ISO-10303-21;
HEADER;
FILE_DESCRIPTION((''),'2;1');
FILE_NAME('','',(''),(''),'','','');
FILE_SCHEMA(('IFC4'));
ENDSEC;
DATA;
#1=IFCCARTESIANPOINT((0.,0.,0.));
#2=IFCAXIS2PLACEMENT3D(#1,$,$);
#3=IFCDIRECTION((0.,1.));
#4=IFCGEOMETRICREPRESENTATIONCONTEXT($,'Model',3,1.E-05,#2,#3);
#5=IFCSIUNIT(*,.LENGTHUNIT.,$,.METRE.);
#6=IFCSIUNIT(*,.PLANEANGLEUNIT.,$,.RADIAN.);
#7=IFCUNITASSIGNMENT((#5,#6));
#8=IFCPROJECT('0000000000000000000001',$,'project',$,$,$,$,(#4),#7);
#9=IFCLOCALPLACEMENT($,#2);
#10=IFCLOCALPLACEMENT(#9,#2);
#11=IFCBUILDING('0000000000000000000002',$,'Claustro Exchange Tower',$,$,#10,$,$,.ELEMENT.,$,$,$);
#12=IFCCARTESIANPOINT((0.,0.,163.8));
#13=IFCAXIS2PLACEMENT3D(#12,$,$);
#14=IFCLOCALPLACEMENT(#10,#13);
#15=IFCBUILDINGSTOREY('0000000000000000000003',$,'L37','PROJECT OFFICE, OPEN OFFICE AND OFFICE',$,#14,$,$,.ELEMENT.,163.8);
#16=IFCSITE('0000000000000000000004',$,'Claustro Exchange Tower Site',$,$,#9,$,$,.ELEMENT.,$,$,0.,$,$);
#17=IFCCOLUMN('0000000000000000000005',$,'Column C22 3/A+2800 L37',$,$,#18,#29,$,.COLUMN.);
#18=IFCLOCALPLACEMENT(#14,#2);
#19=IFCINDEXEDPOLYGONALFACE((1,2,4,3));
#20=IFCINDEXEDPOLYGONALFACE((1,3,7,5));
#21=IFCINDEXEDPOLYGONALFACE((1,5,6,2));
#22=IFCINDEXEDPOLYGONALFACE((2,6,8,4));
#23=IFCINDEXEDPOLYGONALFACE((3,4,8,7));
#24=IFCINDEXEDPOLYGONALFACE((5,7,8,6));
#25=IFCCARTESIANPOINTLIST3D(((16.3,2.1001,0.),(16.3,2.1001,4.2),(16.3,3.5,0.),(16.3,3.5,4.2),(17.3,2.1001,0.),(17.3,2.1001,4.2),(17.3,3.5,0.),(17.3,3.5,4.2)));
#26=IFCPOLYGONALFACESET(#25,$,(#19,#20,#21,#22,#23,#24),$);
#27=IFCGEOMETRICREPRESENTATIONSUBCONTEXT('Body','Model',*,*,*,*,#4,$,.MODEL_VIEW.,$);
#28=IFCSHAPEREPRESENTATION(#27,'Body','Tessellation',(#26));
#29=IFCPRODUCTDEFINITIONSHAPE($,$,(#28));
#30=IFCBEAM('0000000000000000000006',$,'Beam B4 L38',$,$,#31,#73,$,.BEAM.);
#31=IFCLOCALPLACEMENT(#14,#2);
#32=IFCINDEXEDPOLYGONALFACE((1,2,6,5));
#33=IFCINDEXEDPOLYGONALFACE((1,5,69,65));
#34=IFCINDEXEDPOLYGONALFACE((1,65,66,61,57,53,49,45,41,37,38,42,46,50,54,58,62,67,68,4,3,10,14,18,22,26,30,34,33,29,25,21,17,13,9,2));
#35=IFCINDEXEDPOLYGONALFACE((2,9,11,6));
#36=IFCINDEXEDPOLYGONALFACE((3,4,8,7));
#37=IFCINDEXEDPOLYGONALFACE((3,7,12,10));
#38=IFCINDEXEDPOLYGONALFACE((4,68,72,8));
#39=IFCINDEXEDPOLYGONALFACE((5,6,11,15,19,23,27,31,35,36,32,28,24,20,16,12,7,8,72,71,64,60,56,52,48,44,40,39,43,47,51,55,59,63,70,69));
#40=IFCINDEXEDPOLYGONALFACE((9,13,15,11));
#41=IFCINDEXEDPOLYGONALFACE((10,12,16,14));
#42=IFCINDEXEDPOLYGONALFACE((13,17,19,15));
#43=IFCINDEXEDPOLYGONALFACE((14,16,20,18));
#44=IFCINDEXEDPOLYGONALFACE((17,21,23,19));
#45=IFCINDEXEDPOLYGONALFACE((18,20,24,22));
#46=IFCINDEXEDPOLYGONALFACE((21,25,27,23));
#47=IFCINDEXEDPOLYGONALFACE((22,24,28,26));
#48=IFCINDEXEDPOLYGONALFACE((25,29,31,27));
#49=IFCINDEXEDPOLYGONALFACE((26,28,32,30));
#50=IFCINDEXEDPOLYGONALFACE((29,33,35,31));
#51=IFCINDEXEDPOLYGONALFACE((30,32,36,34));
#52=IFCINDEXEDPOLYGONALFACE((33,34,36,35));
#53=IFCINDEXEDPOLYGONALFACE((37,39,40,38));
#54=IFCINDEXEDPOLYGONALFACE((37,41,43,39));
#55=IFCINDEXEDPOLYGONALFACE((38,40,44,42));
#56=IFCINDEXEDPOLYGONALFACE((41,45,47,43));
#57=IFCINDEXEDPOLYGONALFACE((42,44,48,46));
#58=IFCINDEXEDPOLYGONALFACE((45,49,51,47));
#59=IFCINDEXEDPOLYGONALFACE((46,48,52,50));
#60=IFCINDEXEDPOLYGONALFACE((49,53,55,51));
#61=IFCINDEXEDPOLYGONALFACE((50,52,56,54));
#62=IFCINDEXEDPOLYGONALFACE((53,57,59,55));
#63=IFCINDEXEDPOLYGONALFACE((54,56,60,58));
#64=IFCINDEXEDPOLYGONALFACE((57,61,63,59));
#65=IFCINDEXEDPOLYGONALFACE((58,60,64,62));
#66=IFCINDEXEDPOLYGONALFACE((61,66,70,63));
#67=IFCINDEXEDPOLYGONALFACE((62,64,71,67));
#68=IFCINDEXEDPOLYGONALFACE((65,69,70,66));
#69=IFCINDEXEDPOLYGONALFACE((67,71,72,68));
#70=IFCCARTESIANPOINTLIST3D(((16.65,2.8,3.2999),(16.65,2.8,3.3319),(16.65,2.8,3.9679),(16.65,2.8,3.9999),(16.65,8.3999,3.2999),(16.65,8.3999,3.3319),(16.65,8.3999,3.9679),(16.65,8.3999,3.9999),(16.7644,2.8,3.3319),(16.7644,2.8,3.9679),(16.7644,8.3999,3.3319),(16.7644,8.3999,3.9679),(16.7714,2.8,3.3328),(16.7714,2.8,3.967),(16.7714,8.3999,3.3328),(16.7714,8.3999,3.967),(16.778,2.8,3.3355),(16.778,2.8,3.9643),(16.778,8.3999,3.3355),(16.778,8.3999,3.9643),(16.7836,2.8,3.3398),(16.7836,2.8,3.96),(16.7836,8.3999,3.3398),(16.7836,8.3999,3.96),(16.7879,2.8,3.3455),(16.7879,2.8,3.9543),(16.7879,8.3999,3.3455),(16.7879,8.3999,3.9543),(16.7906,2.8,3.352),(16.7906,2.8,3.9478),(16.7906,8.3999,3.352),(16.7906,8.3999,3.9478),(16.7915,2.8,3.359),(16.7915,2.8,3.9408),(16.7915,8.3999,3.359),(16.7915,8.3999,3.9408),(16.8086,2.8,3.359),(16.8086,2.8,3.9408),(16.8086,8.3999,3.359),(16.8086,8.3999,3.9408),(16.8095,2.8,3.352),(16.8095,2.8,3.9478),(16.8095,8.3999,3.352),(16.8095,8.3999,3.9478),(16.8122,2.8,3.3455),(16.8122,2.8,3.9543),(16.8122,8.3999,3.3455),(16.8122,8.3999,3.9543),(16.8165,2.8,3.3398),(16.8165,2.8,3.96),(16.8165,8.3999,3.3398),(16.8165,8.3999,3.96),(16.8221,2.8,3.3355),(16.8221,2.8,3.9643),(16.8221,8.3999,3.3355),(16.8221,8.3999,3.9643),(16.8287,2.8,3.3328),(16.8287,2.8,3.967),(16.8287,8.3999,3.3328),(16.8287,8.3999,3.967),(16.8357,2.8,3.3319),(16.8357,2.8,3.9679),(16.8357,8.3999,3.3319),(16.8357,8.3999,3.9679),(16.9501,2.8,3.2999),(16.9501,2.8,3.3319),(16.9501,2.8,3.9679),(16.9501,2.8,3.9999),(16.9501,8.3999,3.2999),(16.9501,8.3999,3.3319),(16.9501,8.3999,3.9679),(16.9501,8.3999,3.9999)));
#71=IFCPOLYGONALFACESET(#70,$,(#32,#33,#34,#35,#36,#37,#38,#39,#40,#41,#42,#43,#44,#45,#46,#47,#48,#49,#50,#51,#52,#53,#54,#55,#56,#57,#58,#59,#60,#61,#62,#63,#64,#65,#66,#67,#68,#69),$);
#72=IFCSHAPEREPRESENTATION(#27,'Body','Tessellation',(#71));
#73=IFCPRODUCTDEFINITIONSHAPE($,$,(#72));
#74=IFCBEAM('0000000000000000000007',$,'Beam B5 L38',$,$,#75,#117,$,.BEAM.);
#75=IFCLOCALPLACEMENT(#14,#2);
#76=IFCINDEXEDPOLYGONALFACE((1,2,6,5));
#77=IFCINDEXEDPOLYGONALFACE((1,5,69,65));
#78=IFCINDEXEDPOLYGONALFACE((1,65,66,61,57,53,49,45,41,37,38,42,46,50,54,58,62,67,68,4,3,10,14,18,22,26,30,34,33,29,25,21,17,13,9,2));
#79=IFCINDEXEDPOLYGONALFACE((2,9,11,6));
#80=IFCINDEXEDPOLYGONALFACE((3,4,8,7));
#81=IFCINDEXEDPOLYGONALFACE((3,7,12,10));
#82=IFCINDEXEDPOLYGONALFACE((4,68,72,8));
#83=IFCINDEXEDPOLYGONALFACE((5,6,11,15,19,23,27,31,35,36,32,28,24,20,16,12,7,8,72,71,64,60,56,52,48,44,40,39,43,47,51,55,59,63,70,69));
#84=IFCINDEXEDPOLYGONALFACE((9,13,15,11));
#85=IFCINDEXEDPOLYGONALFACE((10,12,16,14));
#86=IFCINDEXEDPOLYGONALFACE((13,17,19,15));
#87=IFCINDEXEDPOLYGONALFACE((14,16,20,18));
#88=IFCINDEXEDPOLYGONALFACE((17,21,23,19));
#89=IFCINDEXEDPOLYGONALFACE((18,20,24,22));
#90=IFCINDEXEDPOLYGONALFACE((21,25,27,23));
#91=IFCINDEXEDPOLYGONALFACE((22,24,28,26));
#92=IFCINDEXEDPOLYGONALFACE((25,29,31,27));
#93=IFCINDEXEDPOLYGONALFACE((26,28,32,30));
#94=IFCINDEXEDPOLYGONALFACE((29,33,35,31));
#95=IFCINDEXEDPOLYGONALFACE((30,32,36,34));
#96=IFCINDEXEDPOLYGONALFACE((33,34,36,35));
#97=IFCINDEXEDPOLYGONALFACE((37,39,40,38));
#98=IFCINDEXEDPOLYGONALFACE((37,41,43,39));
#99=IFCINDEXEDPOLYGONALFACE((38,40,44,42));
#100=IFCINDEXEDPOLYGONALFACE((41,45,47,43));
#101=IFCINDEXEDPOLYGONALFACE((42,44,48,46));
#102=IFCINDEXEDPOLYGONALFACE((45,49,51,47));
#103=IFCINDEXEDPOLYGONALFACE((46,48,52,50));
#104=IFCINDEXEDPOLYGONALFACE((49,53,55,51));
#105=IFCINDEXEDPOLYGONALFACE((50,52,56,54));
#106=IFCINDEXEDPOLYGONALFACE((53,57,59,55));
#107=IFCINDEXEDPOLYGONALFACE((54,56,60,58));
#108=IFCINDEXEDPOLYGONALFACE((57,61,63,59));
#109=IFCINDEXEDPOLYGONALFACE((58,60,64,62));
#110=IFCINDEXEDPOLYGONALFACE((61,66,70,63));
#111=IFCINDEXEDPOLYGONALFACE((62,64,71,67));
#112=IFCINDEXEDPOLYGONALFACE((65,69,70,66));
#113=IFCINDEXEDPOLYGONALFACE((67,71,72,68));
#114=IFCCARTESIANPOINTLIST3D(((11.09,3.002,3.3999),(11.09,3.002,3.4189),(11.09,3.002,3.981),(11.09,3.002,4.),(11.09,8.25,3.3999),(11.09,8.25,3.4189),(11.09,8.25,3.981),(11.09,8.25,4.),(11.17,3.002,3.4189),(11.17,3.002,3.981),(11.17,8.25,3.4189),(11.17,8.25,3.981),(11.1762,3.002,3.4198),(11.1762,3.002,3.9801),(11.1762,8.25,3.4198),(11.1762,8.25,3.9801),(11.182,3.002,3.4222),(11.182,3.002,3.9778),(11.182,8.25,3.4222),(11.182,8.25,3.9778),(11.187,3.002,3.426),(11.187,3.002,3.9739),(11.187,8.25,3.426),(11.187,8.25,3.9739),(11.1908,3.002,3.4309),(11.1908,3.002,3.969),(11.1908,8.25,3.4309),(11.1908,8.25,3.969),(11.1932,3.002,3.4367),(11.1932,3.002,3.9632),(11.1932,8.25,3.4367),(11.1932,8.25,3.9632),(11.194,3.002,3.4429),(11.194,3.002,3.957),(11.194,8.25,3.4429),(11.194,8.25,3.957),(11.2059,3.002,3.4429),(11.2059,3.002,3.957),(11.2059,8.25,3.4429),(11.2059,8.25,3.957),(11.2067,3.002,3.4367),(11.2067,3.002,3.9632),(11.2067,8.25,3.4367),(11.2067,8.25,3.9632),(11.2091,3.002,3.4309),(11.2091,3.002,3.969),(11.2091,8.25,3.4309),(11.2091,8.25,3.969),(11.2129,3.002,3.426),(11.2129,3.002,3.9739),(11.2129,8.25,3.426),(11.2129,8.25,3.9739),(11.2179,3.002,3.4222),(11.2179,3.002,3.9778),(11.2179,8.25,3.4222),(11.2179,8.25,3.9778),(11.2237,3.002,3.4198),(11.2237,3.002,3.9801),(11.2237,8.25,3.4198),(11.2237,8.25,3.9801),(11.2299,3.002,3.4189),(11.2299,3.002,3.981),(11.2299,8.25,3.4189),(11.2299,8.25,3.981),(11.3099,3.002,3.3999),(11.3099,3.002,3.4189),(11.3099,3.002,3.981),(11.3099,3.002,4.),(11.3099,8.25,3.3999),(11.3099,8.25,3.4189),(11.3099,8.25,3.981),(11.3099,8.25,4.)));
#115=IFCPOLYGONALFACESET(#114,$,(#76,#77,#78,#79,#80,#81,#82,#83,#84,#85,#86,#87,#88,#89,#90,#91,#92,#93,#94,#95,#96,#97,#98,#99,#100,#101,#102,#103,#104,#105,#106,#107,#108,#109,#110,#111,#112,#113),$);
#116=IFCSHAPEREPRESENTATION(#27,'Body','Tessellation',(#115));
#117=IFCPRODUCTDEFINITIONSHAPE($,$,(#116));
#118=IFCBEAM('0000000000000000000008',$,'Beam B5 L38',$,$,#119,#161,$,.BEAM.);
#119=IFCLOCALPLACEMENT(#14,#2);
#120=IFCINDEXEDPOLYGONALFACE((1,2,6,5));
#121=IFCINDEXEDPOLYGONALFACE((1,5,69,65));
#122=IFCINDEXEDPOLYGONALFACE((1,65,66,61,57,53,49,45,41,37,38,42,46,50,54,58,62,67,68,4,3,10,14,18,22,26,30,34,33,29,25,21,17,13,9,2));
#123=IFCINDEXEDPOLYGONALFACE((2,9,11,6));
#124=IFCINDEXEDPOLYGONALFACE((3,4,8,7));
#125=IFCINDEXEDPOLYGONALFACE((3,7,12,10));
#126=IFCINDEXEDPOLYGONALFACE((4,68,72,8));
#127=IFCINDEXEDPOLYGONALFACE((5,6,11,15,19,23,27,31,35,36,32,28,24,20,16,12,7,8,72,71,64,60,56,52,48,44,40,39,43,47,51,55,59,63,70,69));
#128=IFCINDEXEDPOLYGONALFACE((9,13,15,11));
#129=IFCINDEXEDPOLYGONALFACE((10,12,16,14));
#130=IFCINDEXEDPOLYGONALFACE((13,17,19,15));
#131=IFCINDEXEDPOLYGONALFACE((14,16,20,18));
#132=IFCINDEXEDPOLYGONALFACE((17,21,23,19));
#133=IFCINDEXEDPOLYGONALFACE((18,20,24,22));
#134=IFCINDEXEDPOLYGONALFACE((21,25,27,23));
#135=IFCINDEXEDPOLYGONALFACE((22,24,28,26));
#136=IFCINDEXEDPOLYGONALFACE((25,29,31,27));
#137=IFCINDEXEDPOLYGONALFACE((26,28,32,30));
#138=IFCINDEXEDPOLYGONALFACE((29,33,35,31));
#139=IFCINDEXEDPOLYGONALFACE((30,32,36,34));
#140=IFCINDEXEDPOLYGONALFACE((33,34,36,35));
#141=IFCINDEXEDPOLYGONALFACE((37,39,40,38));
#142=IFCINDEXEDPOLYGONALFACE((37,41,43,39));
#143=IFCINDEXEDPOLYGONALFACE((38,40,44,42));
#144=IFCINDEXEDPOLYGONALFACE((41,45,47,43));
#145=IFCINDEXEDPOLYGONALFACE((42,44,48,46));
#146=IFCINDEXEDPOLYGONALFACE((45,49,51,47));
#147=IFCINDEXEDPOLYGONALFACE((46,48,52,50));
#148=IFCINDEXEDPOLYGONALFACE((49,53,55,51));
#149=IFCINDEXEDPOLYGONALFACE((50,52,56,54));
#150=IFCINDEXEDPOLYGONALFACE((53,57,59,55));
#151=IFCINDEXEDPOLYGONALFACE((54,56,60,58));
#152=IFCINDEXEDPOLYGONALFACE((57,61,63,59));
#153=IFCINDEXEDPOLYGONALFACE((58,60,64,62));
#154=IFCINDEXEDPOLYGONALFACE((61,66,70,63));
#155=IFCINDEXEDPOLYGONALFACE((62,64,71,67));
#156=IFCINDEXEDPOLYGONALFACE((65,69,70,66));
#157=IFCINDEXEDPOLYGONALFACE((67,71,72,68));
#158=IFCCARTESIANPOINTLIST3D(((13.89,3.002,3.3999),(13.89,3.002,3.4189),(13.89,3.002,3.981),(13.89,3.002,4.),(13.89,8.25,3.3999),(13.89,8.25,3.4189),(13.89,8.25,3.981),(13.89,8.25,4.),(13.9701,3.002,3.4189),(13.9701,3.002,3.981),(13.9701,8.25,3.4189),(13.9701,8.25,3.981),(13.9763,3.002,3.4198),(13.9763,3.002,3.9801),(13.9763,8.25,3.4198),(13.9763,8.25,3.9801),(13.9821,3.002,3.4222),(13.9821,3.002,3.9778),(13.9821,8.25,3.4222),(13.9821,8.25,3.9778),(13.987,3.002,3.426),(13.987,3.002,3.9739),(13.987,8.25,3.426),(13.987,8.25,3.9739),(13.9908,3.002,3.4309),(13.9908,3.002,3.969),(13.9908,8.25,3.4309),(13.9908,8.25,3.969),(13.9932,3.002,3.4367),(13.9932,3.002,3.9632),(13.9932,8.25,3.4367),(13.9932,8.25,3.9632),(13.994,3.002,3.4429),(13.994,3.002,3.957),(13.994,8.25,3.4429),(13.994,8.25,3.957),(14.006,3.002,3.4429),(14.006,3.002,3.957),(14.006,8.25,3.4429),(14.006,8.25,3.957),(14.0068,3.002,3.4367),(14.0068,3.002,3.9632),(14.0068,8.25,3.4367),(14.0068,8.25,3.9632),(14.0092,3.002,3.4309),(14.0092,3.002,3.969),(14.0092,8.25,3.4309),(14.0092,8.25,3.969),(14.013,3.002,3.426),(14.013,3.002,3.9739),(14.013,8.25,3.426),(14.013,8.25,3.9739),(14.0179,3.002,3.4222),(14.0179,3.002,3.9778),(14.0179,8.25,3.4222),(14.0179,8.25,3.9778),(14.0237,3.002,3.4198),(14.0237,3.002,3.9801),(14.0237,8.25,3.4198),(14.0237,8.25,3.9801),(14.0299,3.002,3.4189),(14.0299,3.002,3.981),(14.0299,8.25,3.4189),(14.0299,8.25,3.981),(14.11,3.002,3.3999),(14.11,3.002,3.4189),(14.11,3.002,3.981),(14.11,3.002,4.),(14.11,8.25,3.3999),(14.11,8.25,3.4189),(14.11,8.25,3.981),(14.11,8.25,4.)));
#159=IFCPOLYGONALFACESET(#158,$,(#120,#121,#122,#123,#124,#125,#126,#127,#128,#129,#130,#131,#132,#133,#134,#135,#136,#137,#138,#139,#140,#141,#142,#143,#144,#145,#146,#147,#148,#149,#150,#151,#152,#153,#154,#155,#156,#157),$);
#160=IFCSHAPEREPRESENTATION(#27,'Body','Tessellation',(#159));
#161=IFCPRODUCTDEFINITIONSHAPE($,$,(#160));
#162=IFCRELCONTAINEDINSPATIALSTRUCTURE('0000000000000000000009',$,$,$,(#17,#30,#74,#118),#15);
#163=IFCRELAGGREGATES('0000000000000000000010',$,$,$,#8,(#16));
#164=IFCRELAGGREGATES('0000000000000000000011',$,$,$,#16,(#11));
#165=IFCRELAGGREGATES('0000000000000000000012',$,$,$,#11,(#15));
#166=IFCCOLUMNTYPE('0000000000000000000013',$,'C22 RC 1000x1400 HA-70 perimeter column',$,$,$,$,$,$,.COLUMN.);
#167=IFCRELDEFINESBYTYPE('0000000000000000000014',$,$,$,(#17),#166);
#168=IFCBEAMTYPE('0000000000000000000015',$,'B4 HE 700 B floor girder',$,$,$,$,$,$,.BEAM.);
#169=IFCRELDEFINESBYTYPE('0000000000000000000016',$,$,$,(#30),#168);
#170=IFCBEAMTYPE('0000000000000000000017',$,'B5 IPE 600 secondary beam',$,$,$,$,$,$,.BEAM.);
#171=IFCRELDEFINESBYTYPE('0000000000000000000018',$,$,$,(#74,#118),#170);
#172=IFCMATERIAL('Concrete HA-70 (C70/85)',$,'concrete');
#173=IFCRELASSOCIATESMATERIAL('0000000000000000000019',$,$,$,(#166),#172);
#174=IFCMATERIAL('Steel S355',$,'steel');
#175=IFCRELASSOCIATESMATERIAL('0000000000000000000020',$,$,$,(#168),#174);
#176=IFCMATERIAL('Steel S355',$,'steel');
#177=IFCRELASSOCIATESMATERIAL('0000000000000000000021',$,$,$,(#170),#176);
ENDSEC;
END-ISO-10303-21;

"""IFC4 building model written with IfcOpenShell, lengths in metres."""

from ifc_helpers import new_model, si_unit, direction, frame, origin, origin_2d, place, context, subcontext, project, spatial, rectangle, i_section, extrude, material, material_profile, profile_set, type_object, element, save


model = new_model("IFC4")

# Units and contexts
model_context = context("Model", 3, precision=1e-05, world=origin(), true_north=direction((0.0, 1.0)))
body_context = subcontext(model_context, "Body", "Model", "MODEL_VIEW")
ifc_project = project(units=[si_unit("LENGTHUNIT", "METRE"), si_unit("PLANEANGLEUNIT", "RADIAN")], contexts=[model_context])

# Site, building, storey
site_placement = place(None, origin())
site = spatial("IfcSite", under=ifc_project, at=site_placement, Name="Claustro Exchange Tower Site", CompositionType="ELEMENT", RefElevation=0.0)
building_placement = place(site_placement, origin())
building = spatial("IfcBuilding", under=site, at=building_placement, Name="Claustro Exchange Tower", CompositionType="ELEMENT")
storey_placement = place(building_placement, frame((0.0, 0.0, 163.8)))
storey = spatial("IfcBuildingStorey", under=building, at=storey_placement, Name="L37", Description="PROJECT OFFICE, OPEN OFFICE AND OFFICE", CompositionType="ELEMENT", Elevation=163.8)

# Column
ifc_material_1 = material(Name="Concrete HA-70 (C70/85)", Category="concrete")
ifc_material_profile_1 = material_profile(ifc_material_1, rectangle(XDim=1.0, YDim=1.3999, at=origin_2d()), Name="RC 1000x1400")
ifc_profile_set_1 = profile_set([ifc_material_profile_1], Name="Concrete HA-70 (C70/85)")
column_type = type_object("IfcColumnType", Name="C22 RC 1000x1400 HA-70 perimeter column", PredefinedType="COLUMN", material=ifc_profile_set_1)
column_placement = place(storey_placement, frame((16.8, 2.8, 0.0), z_axis=(0.0, 0.0, 1.0), x_axis=(1.0, 0.0, 0.0)))
element("IfcColumn", 1, at=column_placement, inside=storey, type_object=column_type, Name="Column C22 3/A+2800 L37", PredefinedType="COLUMN", context=body_context, shape_type="SweptSolid", body=[
    extrude(rectangle(XDim=1.0, YDim=1.3999, at=origin_2d()), origin(), (0.0, 0.0, 1.0), 4.2),
])

# Beams
ifc_material_2 = material(Name="Steel S355", Category="steel")
ifc_material_profile_2 = material_profile(ifc_material_2, i_section(OverallWidth=0.3, OverallDepth=0.7, WebThickness=0.0171, FlangeThickness=0.032, FilletRadius=0.0271, at=origin_2d()), Name="HE 700 B")
ifc_profile_set_2 = profile_set([ifc_material_profile_2], Name="Steel S355")
beam_type_1 = type_object("IfcBeamType", Name="B4 HE 700 B floor girder", PredefinedType="BEAM", material=ifc_profile_set_2)
beam_1_placement = place(storey_placement, frame((16.8, 2.8, 3.6499), z_axis=(0.0, 1.0, 0.0), x_axis=(-1.0, 0.0, 0.0)))
element("IfcBeam", 2, at=beam_1_placement, inside=storey, type_object=beam_type_1, Name="Beam B4 L38", PredefinedType="BEAM", context=body_context, shape_type="SweptSolid", body=[
    extrude(i_section(OverallWidth=0.3, OverallDepth=0.7, WebThickness=0.0171, FlangeThickness=0.032, FilletRadius=0.0271, at=origin_2d()), origin(), (0.0, 0.0, 1.0), 5.5999),
])
ifc_material_3 = material(Name="Steel S355", Category="steel")
ifc_material_profile_3 = material_profile(ifc_material_3, i_section(OverallWidth=0.22, OverallDepth=0.6001, WebThickness=0.012, FlangeThickness=0.019, FilletRadius=0.0239, at=origin_2d()), Name="IPE 600")
ifc_profile_set_3 = profile_set([ifc_material_profile_3], Name="Steel S355")
beam_type_2 = type_object("IfcBeamType", Name="B5 IPE 600 secondary beam", PredefinedType="BEAM", material=ifc_profile_set_3)
for number, where, z_axis, x_axis, name in (
    (3, (11.2, 3.002, 3.7), (0.0, 1.0, 0.0), (-1.0, 0.0, 0.0), "Beam B5 L38"),
    (4, (14.0, 3.002, 3.7), (0.0, 1.0, 0.0), (-1.0, 0.0, 0.0), "Beam B5 L38"),
):
    element("IfcBeam", number, at=place(storey_placement, frame(where, z_axis=z_axis, x_axis=x_axis)), inside=storey, type_object=beam_type_2, Name=name, PredefinedType="BEAM", context=body_context, shape_type="SweptSolid", body=[
        extrude(i_section(OverallWidth=0.22, OverallDepth=0.6001, WebThickness=0.012, FlangeThickness=0.019, FilletRadius=0.0239, at=origin_2d()), origin(), (0.0, 0.0, 1.0), 5.248),
    ])

save(model, "model.ifc")
